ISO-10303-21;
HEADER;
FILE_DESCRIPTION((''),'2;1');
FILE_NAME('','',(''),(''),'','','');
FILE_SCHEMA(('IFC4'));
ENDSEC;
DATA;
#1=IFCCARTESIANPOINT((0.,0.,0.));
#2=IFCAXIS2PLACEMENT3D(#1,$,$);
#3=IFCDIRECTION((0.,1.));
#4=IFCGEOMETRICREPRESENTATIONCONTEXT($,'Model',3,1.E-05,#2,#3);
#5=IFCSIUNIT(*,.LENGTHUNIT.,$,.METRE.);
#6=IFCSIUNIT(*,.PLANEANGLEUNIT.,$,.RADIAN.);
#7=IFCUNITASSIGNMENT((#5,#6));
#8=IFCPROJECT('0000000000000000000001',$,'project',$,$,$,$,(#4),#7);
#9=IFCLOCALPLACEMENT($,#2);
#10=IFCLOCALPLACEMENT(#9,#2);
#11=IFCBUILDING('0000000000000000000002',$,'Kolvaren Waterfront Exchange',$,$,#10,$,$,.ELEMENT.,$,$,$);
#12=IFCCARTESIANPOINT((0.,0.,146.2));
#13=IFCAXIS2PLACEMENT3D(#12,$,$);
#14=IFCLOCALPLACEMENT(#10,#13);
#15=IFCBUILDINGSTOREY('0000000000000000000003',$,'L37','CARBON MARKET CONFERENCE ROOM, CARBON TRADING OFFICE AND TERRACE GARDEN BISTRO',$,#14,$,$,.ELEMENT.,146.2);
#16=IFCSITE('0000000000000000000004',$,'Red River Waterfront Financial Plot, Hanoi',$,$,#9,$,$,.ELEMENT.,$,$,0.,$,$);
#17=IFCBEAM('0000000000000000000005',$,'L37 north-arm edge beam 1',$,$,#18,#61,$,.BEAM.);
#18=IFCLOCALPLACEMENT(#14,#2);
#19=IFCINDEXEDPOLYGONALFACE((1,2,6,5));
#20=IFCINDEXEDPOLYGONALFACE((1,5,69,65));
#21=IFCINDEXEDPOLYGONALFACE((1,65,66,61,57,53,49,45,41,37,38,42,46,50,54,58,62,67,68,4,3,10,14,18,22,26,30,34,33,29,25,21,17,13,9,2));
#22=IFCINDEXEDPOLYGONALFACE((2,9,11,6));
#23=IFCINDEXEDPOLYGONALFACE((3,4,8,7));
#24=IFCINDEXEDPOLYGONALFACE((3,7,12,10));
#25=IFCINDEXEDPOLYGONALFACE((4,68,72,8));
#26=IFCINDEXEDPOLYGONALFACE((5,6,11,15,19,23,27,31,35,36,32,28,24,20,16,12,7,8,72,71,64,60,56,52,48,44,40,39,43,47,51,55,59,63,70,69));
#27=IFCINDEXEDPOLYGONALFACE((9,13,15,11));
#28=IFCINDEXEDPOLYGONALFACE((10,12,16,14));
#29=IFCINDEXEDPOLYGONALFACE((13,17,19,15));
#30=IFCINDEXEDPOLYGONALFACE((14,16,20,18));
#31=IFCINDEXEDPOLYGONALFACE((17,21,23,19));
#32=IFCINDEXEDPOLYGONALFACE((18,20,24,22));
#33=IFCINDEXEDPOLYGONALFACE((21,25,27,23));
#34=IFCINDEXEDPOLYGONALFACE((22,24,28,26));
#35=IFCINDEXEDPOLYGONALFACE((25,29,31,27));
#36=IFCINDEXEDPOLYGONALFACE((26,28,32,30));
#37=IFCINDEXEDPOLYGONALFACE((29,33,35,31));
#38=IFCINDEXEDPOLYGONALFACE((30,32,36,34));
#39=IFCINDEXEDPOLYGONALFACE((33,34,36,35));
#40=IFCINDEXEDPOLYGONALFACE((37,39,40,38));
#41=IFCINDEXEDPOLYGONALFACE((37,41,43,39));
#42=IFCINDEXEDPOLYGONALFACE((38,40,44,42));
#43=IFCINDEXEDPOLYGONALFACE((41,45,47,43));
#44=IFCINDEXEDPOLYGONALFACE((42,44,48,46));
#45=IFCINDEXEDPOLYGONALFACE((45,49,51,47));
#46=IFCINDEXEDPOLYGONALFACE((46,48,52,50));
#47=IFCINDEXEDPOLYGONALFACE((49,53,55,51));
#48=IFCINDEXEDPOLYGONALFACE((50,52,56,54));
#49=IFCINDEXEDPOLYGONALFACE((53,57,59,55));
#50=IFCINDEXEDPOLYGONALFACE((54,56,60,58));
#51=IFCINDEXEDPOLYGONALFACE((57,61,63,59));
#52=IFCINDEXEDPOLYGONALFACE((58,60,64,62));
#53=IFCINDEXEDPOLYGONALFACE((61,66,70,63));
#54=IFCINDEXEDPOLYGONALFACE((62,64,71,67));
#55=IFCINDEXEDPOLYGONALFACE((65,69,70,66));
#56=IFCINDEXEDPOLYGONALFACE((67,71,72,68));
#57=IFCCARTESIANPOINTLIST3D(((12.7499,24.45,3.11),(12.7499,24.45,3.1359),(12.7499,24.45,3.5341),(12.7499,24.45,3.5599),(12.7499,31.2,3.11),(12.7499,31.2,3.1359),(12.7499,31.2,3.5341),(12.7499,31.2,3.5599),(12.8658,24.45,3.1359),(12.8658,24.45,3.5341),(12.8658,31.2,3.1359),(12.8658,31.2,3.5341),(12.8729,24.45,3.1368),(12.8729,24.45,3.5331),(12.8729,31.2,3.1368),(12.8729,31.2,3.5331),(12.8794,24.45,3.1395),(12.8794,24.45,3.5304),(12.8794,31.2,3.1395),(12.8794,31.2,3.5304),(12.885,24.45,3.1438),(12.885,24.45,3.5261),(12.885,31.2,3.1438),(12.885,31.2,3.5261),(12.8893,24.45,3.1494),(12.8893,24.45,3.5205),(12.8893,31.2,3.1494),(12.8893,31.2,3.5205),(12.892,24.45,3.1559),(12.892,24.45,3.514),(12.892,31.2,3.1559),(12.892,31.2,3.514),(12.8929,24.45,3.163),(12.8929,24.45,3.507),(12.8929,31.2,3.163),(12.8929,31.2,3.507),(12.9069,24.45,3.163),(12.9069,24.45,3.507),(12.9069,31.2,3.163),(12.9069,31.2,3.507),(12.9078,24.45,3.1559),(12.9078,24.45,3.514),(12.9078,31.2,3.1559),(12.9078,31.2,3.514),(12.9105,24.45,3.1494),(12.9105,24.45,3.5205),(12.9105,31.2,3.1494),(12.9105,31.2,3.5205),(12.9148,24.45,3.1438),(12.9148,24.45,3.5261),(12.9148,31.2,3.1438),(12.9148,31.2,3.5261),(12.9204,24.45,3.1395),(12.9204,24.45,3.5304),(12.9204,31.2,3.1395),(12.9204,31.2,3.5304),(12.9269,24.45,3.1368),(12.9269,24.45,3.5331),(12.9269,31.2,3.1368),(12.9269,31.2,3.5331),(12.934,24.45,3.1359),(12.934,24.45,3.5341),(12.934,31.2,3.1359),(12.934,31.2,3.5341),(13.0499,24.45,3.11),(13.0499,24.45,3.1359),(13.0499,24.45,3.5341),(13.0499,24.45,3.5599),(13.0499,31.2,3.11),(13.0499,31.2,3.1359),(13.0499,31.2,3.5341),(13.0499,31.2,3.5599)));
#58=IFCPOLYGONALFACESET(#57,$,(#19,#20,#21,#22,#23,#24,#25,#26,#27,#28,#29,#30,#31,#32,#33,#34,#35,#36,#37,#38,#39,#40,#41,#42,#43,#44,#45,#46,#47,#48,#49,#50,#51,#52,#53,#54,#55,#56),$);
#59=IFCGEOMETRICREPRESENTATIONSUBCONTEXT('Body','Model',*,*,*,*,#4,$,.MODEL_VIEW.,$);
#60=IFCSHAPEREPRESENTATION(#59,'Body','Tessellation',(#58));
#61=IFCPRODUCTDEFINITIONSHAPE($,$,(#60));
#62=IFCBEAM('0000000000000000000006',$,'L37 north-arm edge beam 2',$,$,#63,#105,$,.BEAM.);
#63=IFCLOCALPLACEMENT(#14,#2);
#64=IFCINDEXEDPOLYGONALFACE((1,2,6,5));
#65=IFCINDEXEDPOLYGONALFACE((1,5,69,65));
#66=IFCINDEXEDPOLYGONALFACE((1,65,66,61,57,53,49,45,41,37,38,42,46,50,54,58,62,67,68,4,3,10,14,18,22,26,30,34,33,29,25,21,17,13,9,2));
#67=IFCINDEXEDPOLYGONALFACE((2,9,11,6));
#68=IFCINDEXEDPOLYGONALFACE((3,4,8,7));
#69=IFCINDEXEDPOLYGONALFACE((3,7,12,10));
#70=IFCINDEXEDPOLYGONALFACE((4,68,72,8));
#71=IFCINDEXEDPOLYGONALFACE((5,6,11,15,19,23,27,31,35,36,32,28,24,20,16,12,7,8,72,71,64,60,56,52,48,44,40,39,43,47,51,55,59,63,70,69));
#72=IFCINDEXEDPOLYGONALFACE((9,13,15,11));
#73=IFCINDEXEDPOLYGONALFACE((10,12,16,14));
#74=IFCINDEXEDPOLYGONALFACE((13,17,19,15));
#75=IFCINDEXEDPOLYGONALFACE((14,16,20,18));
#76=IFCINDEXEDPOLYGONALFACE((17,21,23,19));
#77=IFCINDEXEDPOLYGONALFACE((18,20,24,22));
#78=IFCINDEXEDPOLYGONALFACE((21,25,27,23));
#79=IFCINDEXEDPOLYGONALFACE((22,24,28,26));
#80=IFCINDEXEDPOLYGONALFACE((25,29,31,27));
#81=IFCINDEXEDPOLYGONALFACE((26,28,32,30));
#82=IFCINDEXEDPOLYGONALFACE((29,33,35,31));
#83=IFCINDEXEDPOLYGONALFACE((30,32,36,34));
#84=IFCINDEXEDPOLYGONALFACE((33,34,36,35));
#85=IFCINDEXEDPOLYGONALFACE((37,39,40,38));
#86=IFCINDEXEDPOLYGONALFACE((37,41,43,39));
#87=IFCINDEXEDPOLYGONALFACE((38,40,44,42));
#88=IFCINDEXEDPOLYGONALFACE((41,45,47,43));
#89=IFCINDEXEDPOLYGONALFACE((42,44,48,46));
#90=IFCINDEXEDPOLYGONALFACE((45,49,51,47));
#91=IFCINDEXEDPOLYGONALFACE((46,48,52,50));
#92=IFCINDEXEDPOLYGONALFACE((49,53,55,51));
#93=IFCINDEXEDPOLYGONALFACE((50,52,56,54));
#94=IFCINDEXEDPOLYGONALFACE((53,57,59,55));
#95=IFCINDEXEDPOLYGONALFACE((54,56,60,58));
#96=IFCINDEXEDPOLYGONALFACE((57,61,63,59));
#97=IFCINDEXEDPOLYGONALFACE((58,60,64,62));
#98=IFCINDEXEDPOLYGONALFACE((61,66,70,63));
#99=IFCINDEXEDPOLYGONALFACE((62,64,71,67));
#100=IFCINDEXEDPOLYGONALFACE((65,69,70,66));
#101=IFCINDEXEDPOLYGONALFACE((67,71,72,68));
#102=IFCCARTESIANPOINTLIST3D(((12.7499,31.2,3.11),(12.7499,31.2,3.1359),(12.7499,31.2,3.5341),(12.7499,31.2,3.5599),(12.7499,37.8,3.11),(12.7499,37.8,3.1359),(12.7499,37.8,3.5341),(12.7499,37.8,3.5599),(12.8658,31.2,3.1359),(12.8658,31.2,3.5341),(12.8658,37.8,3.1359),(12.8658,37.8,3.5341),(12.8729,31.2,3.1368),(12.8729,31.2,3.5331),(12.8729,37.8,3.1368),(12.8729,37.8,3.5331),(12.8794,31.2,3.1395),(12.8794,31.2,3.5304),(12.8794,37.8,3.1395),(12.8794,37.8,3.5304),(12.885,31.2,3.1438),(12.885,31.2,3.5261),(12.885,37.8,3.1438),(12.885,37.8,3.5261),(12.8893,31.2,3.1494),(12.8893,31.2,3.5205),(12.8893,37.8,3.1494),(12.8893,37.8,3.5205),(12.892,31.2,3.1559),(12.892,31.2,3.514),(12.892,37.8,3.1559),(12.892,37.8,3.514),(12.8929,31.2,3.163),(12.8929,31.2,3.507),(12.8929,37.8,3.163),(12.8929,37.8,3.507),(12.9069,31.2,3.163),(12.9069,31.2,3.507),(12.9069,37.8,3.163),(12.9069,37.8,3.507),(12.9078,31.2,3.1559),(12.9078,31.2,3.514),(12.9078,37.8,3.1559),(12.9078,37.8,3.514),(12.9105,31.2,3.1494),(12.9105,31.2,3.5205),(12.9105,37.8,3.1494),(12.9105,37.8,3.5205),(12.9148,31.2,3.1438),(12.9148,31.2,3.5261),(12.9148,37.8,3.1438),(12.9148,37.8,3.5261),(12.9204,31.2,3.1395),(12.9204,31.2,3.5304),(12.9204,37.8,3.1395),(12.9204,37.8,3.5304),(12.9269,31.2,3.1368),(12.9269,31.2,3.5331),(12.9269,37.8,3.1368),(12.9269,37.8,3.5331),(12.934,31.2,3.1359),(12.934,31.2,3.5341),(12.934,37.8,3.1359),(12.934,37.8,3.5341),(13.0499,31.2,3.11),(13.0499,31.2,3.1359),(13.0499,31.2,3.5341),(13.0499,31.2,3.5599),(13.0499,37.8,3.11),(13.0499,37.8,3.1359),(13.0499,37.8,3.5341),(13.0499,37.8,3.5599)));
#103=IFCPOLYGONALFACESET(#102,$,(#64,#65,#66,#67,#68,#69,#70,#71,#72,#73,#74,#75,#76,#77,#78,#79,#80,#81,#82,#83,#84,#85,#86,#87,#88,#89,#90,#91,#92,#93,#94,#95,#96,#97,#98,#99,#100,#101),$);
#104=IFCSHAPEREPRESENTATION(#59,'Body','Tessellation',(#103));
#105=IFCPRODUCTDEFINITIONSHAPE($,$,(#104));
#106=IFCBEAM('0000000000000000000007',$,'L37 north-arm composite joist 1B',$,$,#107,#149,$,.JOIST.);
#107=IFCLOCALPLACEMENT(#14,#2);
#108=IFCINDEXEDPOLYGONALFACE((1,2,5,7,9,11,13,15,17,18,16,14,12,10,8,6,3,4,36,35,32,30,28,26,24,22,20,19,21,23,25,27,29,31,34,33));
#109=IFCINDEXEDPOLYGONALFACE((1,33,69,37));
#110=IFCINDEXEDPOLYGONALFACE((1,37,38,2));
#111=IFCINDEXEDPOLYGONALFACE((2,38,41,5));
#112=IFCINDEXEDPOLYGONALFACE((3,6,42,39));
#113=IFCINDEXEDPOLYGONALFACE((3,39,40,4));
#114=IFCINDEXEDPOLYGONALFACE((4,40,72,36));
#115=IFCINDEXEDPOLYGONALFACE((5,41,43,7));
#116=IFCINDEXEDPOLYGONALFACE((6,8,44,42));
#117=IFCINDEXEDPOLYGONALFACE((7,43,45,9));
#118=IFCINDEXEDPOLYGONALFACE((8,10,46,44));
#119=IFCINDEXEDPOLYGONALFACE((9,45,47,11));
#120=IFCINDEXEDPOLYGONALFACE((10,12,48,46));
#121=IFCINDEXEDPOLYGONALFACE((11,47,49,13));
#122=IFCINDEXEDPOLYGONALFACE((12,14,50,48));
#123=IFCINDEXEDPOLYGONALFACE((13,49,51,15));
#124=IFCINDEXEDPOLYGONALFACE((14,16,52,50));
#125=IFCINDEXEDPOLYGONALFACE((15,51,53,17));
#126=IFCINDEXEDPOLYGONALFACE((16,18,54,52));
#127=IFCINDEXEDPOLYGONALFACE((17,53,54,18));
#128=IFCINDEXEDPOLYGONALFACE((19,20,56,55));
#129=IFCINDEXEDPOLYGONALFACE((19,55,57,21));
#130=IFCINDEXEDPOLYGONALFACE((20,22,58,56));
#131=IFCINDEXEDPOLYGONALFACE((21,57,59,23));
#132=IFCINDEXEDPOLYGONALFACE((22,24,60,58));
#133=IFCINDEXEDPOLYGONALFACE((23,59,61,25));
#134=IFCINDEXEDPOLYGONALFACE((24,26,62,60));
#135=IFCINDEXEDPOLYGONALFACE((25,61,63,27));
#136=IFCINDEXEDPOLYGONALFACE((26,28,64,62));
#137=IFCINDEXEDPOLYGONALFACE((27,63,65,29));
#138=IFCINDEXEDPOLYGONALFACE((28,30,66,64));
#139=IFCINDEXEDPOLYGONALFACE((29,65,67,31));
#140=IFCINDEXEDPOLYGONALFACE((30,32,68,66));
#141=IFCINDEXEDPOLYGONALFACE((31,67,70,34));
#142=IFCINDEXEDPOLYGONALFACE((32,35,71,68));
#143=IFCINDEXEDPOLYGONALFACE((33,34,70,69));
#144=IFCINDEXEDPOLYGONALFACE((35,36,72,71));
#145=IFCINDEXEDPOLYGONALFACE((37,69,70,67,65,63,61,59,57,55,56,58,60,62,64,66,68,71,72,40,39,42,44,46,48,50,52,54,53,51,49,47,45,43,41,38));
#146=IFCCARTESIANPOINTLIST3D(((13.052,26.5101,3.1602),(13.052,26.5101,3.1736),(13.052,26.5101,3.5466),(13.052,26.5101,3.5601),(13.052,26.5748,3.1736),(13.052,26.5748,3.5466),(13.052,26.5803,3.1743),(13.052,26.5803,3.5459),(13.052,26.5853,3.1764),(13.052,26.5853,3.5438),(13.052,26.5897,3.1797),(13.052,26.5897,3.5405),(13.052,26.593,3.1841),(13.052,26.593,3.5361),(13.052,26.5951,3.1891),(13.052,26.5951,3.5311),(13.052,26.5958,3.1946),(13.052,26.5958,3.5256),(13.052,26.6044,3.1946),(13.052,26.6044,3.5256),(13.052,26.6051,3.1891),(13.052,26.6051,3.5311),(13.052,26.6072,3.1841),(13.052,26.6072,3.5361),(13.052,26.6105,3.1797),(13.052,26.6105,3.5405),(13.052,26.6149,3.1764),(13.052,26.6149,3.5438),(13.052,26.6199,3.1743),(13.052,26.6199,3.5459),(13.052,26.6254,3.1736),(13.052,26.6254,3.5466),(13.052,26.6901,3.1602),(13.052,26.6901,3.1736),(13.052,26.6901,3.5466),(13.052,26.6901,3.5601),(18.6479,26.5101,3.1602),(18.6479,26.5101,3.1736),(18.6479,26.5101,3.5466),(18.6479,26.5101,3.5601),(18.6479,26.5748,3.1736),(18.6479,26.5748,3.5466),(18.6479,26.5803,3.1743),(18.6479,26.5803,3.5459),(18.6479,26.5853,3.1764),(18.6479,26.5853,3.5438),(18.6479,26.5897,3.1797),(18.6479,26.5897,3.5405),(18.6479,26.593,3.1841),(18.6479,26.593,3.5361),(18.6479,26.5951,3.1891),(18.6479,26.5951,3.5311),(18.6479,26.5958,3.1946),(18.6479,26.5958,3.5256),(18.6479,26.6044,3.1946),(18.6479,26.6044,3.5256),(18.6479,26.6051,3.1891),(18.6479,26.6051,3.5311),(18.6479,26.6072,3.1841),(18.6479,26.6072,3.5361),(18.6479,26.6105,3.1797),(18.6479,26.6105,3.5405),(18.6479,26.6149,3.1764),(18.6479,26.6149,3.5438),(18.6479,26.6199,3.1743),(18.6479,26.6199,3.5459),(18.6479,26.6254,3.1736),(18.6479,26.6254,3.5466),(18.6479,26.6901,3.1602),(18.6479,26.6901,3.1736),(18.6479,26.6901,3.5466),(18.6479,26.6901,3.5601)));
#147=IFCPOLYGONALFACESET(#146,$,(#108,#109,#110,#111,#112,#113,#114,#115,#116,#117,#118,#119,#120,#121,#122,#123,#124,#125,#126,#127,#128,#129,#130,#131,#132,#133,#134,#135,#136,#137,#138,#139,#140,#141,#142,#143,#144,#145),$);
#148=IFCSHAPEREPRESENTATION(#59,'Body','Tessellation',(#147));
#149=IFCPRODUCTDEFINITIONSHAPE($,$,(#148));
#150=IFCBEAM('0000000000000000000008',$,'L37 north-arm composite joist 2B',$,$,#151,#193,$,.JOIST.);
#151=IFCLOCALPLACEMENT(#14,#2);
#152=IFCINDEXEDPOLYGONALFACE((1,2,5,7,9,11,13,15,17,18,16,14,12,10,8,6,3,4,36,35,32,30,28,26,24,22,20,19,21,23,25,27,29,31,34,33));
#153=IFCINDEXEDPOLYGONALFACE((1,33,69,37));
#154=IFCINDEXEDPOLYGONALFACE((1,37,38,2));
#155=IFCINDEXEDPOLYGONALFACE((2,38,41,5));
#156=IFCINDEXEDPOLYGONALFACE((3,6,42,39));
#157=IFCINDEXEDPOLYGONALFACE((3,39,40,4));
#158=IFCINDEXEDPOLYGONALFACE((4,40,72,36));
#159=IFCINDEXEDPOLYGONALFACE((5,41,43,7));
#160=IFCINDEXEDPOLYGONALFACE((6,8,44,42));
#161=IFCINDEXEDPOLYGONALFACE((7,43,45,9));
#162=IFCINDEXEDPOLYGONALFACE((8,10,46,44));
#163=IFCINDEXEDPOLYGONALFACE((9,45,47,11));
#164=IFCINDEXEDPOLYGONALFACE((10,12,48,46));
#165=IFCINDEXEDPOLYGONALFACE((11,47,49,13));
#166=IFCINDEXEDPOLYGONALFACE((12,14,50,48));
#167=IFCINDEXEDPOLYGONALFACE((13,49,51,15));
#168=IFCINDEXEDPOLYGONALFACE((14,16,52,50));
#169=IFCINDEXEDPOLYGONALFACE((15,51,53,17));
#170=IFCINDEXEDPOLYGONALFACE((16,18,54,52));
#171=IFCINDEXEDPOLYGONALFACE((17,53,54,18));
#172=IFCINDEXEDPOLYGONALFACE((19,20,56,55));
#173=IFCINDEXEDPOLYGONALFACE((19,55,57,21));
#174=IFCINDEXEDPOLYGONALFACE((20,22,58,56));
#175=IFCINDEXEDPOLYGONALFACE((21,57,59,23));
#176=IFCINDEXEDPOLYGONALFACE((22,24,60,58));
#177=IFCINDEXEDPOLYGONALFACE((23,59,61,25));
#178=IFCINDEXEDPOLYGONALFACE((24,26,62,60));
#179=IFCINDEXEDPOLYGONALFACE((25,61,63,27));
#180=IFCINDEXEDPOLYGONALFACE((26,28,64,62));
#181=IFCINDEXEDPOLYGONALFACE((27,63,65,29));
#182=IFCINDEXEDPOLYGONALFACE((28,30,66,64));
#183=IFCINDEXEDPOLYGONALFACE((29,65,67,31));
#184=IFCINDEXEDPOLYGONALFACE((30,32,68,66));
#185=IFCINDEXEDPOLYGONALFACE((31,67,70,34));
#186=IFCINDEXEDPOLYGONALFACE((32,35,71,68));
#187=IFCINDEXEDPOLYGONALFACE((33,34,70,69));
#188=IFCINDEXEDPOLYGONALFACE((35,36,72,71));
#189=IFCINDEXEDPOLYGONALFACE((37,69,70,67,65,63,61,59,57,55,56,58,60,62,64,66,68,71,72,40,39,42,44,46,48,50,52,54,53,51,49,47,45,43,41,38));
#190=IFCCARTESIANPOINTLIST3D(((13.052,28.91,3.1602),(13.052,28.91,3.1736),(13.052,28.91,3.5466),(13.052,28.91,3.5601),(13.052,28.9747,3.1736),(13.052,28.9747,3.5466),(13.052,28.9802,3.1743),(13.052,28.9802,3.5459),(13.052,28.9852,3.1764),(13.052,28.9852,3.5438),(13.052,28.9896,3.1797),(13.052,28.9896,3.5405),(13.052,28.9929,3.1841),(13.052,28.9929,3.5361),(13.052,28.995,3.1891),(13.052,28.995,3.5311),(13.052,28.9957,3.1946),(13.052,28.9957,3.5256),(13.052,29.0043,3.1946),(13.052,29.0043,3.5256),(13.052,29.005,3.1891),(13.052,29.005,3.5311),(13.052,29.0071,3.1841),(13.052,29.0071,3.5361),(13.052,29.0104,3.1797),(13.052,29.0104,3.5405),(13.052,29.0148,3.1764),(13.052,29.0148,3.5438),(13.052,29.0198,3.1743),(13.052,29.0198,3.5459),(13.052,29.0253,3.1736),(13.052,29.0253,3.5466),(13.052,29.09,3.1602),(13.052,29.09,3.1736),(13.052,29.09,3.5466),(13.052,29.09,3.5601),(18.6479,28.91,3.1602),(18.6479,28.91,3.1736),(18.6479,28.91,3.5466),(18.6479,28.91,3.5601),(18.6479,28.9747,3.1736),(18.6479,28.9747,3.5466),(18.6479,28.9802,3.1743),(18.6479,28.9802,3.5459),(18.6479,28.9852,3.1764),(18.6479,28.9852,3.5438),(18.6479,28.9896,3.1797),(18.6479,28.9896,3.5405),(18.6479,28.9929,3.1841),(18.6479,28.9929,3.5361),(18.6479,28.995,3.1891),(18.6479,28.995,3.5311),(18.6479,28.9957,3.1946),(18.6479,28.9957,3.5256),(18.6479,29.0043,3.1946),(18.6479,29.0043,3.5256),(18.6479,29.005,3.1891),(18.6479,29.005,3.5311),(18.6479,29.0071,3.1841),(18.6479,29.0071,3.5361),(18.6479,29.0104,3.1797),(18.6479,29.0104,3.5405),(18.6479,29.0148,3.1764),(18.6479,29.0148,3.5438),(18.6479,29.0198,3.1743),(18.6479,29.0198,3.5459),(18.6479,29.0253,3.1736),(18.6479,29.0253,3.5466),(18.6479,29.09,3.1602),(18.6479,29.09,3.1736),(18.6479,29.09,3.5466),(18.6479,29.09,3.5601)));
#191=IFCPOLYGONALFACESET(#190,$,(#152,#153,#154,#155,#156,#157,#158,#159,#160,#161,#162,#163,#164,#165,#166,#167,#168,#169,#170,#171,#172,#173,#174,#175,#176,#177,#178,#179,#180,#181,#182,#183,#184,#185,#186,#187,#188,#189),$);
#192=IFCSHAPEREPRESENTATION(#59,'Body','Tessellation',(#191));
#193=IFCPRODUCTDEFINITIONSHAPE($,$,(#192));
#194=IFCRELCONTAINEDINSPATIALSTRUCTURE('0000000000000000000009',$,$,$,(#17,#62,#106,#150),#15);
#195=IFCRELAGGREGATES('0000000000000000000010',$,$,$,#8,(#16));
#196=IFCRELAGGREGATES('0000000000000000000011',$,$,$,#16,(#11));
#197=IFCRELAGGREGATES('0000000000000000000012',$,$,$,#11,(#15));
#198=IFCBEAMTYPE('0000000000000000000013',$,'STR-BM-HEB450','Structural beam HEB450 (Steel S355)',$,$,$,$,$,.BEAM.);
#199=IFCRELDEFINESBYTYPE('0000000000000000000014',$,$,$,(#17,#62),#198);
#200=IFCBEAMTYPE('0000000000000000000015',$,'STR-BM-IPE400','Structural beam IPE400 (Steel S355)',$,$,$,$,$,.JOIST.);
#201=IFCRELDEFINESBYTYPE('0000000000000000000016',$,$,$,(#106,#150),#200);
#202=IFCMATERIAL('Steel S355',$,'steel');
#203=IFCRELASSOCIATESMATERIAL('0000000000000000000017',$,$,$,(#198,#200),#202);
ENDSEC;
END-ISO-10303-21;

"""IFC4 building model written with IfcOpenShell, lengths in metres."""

from ifc_helpers import new_model, si_unit, direction, frame, origin, origin_2d, place, context, subcontext, project, spatial, i_section, extrude, material, material_profile, profile_set, type_object, element, save


model = new_model("IFC4")

# Units and contexts
model_context = context("Model", 3, precision=1e-05, world=origin(), true_north=direction((0.0, 1.0)))
body_context = subcontext(model_context, "Body", "Model", "MODEL_VIEW")
ifc_project = project(units=[si_unit("LENGTHUNIT", "METRE"), si_unit("PLANEANGLEUNIT", "RADIAN")], contexts=[model_context])

# Site, building, storey
site_placement = place(None, origin())
site = spatial("IfcSite", under=ifc_project, at=site_placement, Name="Red River Waterfront Financial Plot, Hanoi", CompositionType="ELEMENT", RefElevation=0.0)
building_placement = place(site_placement, origin())
building = spatial("IfcBuilding", under=site, at=building_placement, Name="Kolvaren Waterfront Exchange", CompositionType="ELEMENT")
storey_placement = place(building_placement, frame((0.0, 0.0, 146.2)))
storey = spatial("IfcBuildingStorey", under=building, at=storey_placement, Name="L37", Description="CARBON MARKET CONFERENCE ROOM, CARBON TRADING OFFICE AND TERRACE GARDEN BISTRO", CompositionType="ELEMENT", Elevation=146.2)

# Beams
ifc_material_1 = material(Name="Steel S355", Category="steel")
ifc_material_profile_1 = material_profile(ifc_material_1, i_section(OverallWidth=0.3, OverallDepth=0.45, WebThickness=0.0139, FlangeThickness=0.0259, FilletRadius=0.0271, at=origin_2d()), Name="HEB450")
ifc_profile_set_1 = profile_set([ifc_material_profile_1], Name="Steel S355")
beam_type_1 = type_object("IfcBeamType", Name="STR-BM-HEB450", Description="Structural beam HEB450 (Steel S355)", PredefinedType="BEAM", material=ifc_profile_set_1)
beam_1_placement = place(storey_placement, frame((12.8999, 24.45, 3.335), z_axis=(0.0, 1.0, 0.0), x_axis=(-1.0, 0.0, 0.0)))
element("IfcBeam", 1, at=beam_1_placement, inside=storey, type_object=beam_type_1, Name="L37 north-arm edge beam 1", PredefinedType="BEAM", context=body_context, shape_type="SweptSolid", body=[
    extrude(i_section(OverallWidth=0.3, OverallDepth=0.45, WebThickness=0.0139, FlangeThickness=0.0259, FilletRadius=0.0271, at=origin_2d()), origin(), (0.0, 0.0, 1.0), 6.75),
])
beam_2_placement = place(storey_placement, frame((12.8999, 31.2, 3.335), z_axis=(0.0, 1.0, 0.0), x_axis=(-1.0, 0.0, 0.0)))
element("IfcBeam", 2, at=beam_2_placement, inside=storey, type_object=beam_type_1, Name="L37 north-arm edge beam 2", PredefinedType="BEAM", context=body_context, shape_type="SweptSolid", body=[
    extrude(i_section(OverallWidth=0.3, OverallDepth=0.45, WebThickness=0.0139, FlangeThickness=0.0259, FilletRadius=0.0271, at=origin_2d()), origin(), (0.0, 0.0, 1.0), 6.6001),
])
ifc_material_profile_2 = material_profile(ifc_material_1, i_section(OverallWidth=0.1799, OverallDepth=0.3999, WebThickness=0.0085, FlangeThickness=0.0134, FilletRadius=0.021, at=origin_2d()), Name="IPE400")
ifc_profile_set_2 = profile_set([ifc_material_profile_2], Name="Steel S355")
beam_type_2 = type_object("IfcBeamType", Name="STR-BM-IPE400", Description="Structural beam IPE400 (Steel S355)", PredefinedType="JOIST", material=ifc_profile_set_2)
for number, where, z_axis, x_axis, name in (
    (3, (13.052, 26.6001, 3.3601), (1.0, 0.0, 0.0), (0.0, 1.0, 0.0), "L37 north-arm composite joist 1B"),
    (4, (13.052, 29.0, 3.3601), (1.0, 0.0, 0.0), (0.0, 1.0, 0.0), "L37 north-arm composite joist 2B"),
):
    element("IfcBeam", number, at=place(storey_placement, frame(where, z_axis=z_axis, x_axis=x_axis)), inside=storey, type_object=beam_type_2, Name=name, PredefinedType="JOIST", context=body_context, shape_type="SweptSolid", body=[
        extrude(i_section(OverallWidth=0.1799, OverallDepth=0.3999, WebThickness=0.0085, FlangeThickness=0.0134, FilletRadius=0.021, at=origin_2d()), origin(), (0.0, 0.0, 1.0), 5.5959),
    ])

save(model, "model.ifc")
